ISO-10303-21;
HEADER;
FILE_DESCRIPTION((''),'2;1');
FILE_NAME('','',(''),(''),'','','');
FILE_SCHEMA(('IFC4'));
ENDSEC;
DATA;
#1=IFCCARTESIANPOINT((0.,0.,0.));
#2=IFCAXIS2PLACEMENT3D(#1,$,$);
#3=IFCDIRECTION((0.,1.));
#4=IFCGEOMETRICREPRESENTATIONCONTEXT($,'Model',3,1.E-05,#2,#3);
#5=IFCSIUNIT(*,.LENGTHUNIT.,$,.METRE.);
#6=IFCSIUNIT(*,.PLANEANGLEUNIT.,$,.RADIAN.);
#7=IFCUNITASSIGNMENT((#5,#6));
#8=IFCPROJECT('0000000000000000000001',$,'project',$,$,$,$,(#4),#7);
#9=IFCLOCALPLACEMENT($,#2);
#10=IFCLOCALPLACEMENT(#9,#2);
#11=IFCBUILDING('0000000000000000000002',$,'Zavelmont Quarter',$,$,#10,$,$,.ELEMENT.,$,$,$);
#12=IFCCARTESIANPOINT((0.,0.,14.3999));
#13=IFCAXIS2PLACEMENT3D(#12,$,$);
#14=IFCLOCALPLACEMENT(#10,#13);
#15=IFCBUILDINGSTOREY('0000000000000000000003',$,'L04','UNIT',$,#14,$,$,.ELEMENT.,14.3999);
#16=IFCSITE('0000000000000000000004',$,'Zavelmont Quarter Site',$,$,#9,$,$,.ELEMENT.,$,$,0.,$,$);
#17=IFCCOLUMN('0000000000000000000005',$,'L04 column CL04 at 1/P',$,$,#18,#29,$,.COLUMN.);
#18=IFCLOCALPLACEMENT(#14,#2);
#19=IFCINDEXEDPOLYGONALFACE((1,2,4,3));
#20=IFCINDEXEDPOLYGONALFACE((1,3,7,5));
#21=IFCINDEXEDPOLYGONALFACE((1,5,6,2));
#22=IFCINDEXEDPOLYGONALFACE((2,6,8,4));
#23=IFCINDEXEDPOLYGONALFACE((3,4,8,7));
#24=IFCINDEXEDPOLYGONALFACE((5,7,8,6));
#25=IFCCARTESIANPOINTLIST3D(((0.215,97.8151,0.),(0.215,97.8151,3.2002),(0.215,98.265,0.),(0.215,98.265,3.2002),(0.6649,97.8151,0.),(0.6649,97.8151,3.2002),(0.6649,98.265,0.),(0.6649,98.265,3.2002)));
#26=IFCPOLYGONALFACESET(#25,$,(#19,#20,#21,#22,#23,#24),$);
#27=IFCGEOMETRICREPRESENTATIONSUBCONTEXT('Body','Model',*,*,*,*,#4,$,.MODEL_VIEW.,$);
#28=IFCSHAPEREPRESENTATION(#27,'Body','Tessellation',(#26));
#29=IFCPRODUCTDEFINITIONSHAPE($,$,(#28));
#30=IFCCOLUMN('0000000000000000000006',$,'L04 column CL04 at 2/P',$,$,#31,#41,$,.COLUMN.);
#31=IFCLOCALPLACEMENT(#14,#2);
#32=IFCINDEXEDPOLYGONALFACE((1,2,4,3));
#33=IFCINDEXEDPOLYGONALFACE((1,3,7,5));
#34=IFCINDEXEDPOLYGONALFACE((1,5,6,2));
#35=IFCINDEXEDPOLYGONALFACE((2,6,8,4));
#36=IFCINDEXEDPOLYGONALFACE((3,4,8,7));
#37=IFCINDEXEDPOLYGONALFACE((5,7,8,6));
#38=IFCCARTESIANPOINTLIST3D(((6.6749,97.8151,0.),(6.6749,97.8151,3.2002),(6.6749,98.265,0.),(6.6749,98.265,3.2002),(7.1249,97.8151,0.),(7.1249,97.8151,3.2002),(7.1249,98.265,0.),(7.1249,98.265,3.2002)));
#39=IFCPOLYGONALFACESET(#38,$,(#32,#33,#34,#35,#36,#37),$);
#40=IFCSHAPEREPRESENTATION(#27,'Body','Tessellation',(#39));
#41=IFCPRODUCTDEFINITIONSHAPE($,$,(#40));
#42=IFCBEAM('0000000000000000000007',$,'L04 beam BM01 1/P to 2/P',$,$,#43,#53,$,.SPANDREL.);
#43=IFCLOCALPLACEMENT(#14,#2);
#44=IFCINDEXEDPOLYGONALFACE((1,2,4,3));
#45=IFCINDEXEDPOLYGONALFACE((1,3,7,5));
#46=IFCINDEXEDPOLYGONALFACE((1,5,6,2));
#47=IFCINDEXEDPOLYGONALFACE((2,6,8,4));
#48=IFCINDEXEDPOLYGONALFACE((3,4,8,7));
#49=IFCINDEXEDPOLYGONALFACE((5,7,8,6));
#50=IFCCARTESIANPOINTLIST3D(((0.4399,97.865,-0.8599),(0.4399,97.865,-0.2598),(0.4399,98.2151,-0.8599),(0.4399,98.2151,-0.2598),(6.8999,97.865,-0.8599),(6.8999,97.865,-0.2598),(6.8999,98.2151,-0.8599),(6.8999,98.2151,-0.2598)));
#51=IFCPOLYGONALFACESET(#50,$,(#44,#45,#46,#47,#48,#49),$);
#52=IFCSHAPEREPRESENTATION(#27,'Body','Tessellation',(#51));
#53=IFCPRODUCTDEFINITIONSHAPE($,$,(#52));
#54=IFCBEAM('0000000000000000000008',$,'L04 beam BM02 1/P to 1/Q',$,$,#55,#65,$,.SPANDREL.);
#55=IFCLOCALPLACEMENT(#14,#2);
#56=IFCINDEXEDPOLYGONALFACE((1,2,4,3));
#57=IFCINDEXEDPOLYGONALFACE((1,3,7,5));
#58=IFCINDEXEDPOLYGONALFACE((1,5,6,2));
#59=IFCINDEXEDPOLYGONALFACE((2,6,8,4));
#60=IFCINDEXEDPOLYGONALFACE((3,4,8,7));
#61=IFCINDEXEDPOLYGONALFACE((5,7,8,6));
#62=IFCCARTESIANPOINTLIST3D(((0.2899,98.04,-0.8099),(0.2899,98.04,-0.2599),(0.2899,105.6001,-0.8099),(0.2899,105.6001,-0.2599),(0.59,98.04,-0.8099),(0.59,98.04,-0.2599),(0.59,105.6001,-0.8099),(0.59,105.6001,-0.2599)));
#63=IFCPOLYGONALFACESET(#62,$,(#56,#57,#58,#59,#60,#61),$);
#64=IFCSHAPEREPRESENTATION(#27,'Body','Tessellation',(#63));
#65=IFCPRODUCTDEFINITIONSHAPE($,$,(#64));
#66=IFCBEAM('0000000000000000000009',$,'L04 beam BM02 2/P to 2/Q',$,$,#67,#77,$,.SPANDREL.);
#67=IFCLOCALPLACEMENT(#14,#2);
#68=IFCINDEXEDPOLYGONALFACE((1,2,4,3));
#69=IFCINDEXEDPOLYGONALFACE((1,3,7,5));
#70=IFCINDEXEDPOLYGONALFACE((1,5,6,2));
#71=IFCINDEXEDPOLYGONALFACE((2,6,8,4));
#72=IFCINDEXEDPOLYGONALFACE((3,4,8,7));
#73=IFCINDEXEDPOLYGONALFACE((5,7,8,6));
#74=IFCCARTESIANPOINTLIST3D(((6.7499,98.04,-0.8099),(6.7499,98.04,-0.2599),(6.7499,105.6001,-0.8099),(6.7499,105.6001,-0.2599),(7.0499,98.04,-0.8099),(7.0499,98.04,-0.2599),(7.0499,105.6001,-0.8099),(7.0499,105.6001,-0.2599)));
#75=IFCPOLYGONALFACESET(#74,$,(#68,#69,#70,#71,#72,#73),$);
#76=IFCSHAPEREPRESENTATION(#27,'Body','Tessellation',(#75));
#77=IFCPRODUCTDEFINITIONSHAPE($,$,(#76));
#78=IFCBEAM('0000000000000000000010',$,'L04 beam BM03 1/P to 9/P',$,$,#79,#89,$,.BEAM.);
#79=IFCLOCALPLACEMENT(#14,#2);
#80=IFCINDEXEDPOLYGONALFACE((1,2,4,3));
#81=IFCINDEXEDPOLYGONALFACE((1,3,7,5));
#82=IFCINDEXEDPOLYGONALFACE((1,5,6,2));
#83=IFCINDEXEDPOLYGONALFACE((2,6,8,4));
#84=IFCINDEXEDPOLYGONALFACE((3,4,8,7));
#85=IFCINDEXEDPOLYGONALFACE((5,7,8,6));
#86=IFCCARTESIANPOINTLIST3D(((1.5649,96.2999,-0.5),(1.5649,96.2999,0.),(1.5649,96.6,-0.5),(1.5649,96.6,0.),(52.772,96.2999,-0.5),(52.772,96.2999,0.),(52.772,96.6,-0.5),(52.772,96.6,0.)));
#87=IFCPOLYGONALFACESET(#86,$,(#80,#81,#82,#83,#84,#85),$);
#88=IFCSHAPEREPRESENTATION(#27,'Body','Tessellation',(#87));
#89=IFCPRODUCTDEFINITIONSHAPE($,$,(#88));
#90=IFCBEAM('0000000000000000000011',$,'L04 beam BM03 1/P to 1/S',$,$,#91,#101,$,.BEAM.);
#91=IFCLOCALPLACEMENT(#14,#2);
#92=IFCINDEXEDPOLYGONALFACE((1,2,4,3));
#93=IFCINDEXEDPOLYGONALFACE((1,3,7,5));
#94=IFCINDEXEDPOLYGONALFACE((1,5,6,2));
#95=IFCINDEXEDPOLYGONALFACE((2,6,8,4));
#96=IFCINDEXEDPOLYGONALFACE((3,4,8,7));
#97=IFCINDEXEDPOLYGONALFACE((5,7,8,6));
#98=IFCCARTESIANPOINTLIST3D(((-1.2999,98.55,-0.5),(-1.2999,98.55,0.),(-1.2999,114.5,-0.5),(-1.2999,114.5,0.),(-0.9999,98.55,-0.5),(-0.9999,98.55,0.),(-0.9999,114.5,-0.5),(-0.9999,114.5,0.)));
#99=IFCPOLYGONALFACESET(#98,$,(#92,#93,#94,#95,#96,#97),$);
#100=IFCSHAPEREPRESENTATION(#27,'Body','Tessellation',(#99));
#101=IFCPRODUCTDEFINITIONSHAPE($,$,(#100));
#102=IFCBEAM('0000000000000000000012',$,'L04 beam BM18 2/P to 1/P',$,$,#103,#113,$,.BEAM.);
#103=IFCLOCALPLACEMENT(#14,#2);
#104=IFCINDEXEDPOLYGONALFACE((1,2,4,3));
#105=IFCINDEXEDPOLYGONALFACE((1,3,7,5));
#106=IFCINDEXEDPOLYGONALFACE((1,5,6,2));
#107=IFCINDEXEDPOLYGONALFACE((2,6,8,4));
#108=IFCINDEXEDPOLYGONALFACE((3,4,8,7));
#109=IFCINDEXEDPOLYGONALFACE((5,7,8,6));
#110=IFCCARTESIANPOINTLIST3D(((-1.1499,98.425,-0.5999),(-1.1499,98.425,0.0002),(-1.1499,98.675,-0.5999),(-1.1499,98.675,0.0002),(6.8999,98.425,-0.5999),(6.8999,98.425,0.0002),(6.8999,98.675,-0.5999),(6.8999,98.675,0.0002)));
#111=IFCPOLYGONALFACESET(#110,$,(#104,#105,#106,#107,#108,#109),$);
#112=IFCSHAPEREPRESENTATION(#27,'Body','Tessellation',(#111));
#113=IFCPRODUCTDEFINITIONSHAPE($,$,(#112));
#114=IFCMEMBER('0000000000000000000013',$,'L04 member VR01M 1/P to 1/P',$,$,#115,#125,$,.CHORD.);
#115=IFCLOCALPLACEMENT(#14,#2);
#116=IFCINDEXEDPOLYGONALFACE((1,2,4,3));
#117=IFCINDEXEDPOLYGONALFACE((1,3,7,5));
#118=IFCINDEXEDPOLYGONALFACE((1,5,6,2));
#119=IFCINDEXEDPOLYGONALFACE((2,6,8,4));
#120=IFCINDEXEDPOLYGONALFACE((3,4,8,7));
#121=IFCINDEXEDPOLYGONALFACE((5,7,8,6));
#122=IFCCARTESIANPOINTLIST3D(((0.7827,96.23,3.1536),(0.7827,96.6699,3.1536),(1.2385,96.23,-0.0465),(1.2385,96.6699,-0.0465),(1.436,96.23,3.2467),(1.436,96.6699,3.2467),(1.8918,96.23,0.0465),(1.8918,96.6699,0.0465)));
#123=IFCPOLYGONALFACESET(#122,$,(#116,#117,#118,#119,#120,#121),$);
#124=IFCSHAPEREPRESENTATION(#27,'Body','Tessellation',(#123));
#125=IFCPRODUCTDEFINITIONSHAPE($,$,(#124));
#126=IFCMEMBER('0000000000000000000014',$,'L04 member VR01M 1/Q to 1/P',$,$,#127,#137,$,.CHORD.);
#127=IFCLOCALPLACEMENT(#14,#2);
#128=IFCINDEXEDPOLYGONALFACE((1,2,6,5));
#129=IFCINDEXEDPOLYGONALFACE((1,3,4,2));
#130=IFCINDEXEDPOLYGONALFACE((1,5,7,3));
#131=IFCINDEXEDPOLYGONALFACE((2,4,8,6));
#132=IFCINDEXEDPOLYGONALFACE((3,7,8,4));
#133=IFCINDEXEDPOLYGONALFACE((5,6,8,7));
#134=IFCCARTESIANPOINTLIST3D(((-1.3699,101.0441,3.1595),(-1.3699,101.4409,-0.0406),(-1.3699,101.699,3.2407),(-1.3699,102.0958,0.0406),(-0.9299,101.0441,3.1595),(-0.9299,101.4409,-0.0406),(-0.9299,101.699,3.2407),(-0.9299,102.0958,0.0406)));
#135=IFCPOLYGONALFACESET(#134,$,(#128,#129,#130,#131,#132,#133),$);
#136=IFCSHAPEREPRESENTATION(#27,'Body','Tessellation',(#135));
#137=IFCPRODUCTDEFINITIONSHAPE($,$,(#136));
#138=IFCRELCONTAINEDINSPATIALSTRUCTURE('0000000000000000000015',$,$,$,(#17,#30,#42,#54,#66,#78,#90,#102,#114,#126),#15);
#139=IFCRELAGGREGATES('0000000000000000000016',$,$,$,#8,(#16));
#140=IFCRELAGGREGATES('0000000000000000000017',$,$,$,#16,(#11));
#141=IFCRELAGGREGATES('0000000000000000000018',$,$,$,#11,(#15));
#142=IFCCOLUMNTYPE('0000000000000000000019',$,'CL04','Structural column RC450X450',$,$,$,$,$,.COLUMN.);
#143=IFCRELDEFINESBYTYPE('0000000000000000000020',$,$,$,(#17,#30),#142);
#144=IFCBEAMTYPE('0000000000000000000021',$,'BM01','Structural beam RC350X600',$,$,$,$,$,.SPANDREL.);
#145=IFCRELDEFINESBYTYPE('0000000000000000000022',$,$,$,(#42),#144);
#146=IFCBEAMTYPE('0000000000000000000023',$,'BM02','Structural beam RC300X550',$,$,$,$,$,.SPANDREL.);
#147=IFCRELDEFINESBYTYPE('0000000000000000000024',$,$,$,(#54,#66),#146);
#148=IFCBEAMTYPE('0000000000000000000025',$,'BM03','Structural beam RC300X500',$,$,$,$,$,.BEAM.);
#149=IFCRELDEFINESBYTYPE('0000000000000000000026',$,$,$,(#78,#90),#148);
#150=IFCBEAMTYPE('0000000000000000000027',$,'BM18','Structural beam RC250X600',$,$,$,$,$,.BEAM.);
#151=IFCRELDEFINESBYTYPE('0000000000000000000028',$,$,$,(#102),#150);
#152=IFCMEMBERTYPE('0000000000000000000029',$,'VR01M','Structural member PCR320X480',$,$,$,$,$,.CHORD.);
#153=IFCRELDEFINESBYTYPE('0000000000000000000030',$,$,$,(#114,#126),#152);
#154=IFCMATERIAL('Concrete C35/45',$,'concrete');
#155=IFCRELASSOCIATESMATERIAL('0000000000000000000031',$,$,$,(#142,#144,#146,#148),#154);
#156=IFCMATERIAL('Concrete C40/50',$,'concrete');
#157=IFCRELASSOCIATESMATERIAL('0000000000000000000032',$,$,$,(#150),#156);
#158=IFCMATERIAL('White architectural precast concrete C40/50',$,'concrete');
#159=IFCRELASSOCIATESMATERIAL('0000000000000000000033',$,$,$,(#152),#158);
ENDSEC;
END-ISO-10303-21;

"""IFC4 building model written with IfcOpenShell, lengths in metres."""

from ifc_helpers import new_model, si_unit, direction, frame, origin, origin_2d, place, context, subcontext, project, spatial, rectangle, extrude, material, material_profile, profile_set, type_object, element, save


model = new_model("IFC4")

# Units and contexts
model_context = context("Model", 3, precision=1e-05, world=origin(), true_north=direction((0.0, 1.0)))
body_context = subcontext(model_context, "Body", "Model", "MODEL_VIEW")
ifc_project = project(units=[si_unit("LENGTHUNIT", "METRE"), si_unit("PLANEANGLEUNIT", "RADIAN")], contexts=[model_context])

# Site, building, storey
site_placement = place(None, origin())
site = spatial("IfcSite", under=ifc_project, at=site_placement, Name="Zavelmont Quarter Site", CompositionType="ELEMENT", RefElevation=0.0)
building_placement = place(site_placement, origin())
building = spatial("IfcBuilding", under=site, at=building_placement, Name="Zavelmont Quarter", CompositionType="ELEMENT")
storey_placement = place(building_placement, frame((0.0, 0.0, 14.3999)))
storey = spatial("IfcBuildingStorey", under=building, at=storey_placement, Name="L04", Description="UNIT", CompositionType="ELEMENT", Elevation=14.3999)

# Columns
ifc_material_1 = material(Name="Concrete C35/45", Category="concrete")
ifc_material_profile_1 = material_profile(ifc_material_1, rectangle(XDim=0.45, YDim=0.45, at=origin_2d()), Name="RC450X450")
ifc_profile_set_1 = profile_set([ifc_material_profile_1], Name="Concrete C35/45")
column_type = type_object("IfcColumnType", Name="CL04", Description="Structural column RC450X450", PredefinedType="COLUMN", material=ifc_profile_set_1)
for number, where, z_axis, x_axis, name in (
    (1, (0.4399, 98.04, 0.0), (0.0, 0.0, 1.0), (1.0, 0.0, 0.0), "L04 column CL04 at 1/P"),
    (2, (6.8999, 98.04, 0.0), (0.0, 0.0, 1.0), (1.0, 0.0, 0.0), "L04 column CL04 at 2/P"),
):
    element("IfcColumn", number, at=place(storey_placement, frame(where, z_axis=z_axis, x_axis=x_axis)), inside=storey, type_object=column_type, Name=name, PredefinedType="COLUMN", context=body_context, shape_type="SweptSolid", body=[
        extrude(rectangle(XDim=0.45, YDim=0.45, at=origin_2d()), origin(), (0.0, 0.0, 1.0), 3.2002),
    ])

# Beams
ifc_material_profile_2 = material_profile(ifc_material_1, rectangle(XDim=0.3501, YDim=0.6001, at=origin_2d()), Name="RC350X600")
ifc_profile_set_2 = profile_set([ifc_material_profile_2], Name="Concrete C35/45")
beam_type_1 = type_object("IfcBeamType", Name="BM01", Description="Structural beam RC350X600", PredefinedType="SPANDREL", material=ifc_profile_set_2)
beam_1_placement = place(storey_placement, frame((0.4399, 98.04, -0.5598), z_axis=(1.0, 0.0, 0.0), x_axis=(0.0, 1.0, 0.0)))
element("IfcBeam", 3, at=beam_1_placement, inside=storey, type_object=beam_type_1, Name="L04 beam BM01 1/P to 2/P", PredefinedType="SPANDREL", context=body_context, shape_type="SweptSolid", body=[
    extrude(rectangle(XDim=0.3501, YDim=0.6001, at=origin_2d()), origin(), (0.0, 0.0, 1.0), 6.46),
])
ifc_material_profile_3 = material_profile(ifc_material_1, rectangle(XDim=0.3, YDim=0.55, at=origin_2d()), Name="RC300X550")
ifc_profile_set_3 = profile_set([ifc_material_profile_3], Name="Concrete C35/45")
beam_type_2 = type_object("IfcBeamType", Name="BM02", Description="Structural beam RC300X550", PredefinedType="SPANDREL", material=ifc_profile_set_3)
for number, where, z_axis, x_axis, name in (
    (4, (0.4399, 98.04, -0.5349), (0.0, 1.0, 0.0), (-1.0, 0.0, 0.0), "L04 beam BM02 1/P to 1/Q"),
    (5, (6.8999, 98.04, -0.5349), (0.0, 1.0, 0.0), (-1.0, 0.0, 0.0), "L04 beam BM02 2/P to 2/Q"),
):
    element("IfcBeam", number, at=place(storey_placement, frame(where, z_axis=z_axis, x_axis=x_axis)), inside=storey, type_object=beam_type_2, Name=name, PredefinedType="SPANDREL", context=body_context, shape_type="SweptSolid", body=[
        extrude(rectangle(XDim=0.3, YDim=0.55, at=origin_2d()), origin(), (0.0, 0.0, 1.0), 7.5601),
    ])
ifc_material_profile_4 = material_profile(ifc_material_1, rectangle(XDim=0.3, YDim=0.5, at=origin_2d()), Name="RC300X500")
ifc_profile_set_4 = profile_set([ifc_material_profile_4], Name="Concrete C35/45")
beam_type_3 = type_object("IfcBeamType", Name="BM03", Description="Structural beam RC300X500", PredefinedType="BEAM", material=ifc_profile_set_4)
beam_2_placement = place(storey_placement, frame((1.5649, 96.45, -0.25), z_axis=(1.0, 0.0, 0.0), x_axis=(0.0, 1.0, 0.0)))
element("IfcBeam", 6, at=beam_2_placement, inside=storey, type_object=beam_type_3, Name="L04 beam BM03 1/P to 9/P", PredefinedType="BEAM", context=body_context, shape_type="SweptSolid", body=[
    extrude(rectangle(XDim=0.3, YDim=0.5, at=origin_2d()), origin(), (0.0, 0.0, 1.0), 51.207),
])
beam_3_placement = place(storey_placement, frame((-1.1499, 98.55, -0.25), z_axis=(0.0, 1.0, 0.0), x_axis=(-1.0, 0.0, 0.0)))
element("IfcBeam", 7, at=beam_3_placement, inside=storey, type_object=beam_type_3, Name="L04 beam BM03 1/P to 1/S", PredefinedType="BEAM", context=body_context, shape_type="SweptSolid", body=[
    extrude(rectangle(XDim=0.3, YDim=0.5, at=origin_2d()), origin(), (0.0, 0.0, 1.0), 15.95),
])
ifc_material_2 = material(Name="Concrete C40/50", Category="concrete")
ifc_material_profile_5 = material_profile(ifc_material_2, rectangle(XDim=0.25, YDim=0.6001, at=origin_2d()), Name="RC250X600")
ifc_profile_set_5 = profile_set([ifc_material_profile_5], Name="Concrete C40/50")
beam_type_4 = type_object("IfcBeamType", Name="BM18", Description="Structural beam RC250X600", PredefinedType="BEAM", material=ifc_profile_set_5)
beam_4_placement = place(storey_placement, frame((6.8999, 98.55, -0.2998), z_axis=(-1.0, 0.0, 0.0), x_axis=(0.0, -1.0, 0.0)))
element("IfcBeam", 8, at=beam_4_placement, inside=storey, type_object=beam_type_4, Name="L04 beam BM18 2/P to 1/P", PredefinedType="BEAM", context=body_context, shape_type="SweptSolid", body=[
    extrude(rectangle(XDim=0.25, YDim=0.6001, at=origin_2d()), origin(), (0.0, 0.0, 1.0), 8.0498),
])

# Members
ifc_material_3 = material(Name="White architectural precast concrete C40/50", Category="concrete")
ifc_material_profile_6 = material_profile(ifc_material_3, rectangle(XDim=0.4399, YDim=0.6599, at=origin_2d()), Name="PCR320X480")
ifc_profile_set_6 = profile_set([ifc_material_profile_6], Name="White architectural precast concrete C40/50")
member_type = type_object("IfcMemberType", Name="VR01M", Description="Structural member PCR320X480", PredefinedType="CHORD", material=ifc_profile_set_6)
member_1_placement = place(storey_placement, frame((1.5652, 96.45, 0.0), z_axis=(-0.141009, 0.0, 0.990008), x_axis=(0.0, -1.0, 0.0)))
element("IfcMember", 9, at=member_1_placement, inside=storey, type_object=member_type, Name="L04 member VR01M 1/P to 1/P", PredefinedType="CHORD", context=body_context, shape_type="SweptSolid", body=[
    extrude(rectangle(XDim=0.4399, YDim=0.6599, at=origin_2d()), origin(), (0.0, 0.0, 1.0), 3.2324),
])
member_2_placement = place(storey_placement, frame((-1.1499, 101.7683, 0.0), z_axis=(0.0, -0.123028, 0.992403), x_axis=(1.0, 0.0, 0.0)))
element("IfcMember", 10, at=member_2_placement, inside=storey, type_object=member_type, Name="L04 member VR01M 1/Q to 1/P", PredefinedType="CHORD", context=body_context, shape_type="SweptSolid", body=[
    extrude(rectangle(XDim=0.4399, YDim=0.6599, at=origin_2d()), origin(), (0.0, 0.0, 1.0), 3.2246),
])

save(model, "model.ifc")
